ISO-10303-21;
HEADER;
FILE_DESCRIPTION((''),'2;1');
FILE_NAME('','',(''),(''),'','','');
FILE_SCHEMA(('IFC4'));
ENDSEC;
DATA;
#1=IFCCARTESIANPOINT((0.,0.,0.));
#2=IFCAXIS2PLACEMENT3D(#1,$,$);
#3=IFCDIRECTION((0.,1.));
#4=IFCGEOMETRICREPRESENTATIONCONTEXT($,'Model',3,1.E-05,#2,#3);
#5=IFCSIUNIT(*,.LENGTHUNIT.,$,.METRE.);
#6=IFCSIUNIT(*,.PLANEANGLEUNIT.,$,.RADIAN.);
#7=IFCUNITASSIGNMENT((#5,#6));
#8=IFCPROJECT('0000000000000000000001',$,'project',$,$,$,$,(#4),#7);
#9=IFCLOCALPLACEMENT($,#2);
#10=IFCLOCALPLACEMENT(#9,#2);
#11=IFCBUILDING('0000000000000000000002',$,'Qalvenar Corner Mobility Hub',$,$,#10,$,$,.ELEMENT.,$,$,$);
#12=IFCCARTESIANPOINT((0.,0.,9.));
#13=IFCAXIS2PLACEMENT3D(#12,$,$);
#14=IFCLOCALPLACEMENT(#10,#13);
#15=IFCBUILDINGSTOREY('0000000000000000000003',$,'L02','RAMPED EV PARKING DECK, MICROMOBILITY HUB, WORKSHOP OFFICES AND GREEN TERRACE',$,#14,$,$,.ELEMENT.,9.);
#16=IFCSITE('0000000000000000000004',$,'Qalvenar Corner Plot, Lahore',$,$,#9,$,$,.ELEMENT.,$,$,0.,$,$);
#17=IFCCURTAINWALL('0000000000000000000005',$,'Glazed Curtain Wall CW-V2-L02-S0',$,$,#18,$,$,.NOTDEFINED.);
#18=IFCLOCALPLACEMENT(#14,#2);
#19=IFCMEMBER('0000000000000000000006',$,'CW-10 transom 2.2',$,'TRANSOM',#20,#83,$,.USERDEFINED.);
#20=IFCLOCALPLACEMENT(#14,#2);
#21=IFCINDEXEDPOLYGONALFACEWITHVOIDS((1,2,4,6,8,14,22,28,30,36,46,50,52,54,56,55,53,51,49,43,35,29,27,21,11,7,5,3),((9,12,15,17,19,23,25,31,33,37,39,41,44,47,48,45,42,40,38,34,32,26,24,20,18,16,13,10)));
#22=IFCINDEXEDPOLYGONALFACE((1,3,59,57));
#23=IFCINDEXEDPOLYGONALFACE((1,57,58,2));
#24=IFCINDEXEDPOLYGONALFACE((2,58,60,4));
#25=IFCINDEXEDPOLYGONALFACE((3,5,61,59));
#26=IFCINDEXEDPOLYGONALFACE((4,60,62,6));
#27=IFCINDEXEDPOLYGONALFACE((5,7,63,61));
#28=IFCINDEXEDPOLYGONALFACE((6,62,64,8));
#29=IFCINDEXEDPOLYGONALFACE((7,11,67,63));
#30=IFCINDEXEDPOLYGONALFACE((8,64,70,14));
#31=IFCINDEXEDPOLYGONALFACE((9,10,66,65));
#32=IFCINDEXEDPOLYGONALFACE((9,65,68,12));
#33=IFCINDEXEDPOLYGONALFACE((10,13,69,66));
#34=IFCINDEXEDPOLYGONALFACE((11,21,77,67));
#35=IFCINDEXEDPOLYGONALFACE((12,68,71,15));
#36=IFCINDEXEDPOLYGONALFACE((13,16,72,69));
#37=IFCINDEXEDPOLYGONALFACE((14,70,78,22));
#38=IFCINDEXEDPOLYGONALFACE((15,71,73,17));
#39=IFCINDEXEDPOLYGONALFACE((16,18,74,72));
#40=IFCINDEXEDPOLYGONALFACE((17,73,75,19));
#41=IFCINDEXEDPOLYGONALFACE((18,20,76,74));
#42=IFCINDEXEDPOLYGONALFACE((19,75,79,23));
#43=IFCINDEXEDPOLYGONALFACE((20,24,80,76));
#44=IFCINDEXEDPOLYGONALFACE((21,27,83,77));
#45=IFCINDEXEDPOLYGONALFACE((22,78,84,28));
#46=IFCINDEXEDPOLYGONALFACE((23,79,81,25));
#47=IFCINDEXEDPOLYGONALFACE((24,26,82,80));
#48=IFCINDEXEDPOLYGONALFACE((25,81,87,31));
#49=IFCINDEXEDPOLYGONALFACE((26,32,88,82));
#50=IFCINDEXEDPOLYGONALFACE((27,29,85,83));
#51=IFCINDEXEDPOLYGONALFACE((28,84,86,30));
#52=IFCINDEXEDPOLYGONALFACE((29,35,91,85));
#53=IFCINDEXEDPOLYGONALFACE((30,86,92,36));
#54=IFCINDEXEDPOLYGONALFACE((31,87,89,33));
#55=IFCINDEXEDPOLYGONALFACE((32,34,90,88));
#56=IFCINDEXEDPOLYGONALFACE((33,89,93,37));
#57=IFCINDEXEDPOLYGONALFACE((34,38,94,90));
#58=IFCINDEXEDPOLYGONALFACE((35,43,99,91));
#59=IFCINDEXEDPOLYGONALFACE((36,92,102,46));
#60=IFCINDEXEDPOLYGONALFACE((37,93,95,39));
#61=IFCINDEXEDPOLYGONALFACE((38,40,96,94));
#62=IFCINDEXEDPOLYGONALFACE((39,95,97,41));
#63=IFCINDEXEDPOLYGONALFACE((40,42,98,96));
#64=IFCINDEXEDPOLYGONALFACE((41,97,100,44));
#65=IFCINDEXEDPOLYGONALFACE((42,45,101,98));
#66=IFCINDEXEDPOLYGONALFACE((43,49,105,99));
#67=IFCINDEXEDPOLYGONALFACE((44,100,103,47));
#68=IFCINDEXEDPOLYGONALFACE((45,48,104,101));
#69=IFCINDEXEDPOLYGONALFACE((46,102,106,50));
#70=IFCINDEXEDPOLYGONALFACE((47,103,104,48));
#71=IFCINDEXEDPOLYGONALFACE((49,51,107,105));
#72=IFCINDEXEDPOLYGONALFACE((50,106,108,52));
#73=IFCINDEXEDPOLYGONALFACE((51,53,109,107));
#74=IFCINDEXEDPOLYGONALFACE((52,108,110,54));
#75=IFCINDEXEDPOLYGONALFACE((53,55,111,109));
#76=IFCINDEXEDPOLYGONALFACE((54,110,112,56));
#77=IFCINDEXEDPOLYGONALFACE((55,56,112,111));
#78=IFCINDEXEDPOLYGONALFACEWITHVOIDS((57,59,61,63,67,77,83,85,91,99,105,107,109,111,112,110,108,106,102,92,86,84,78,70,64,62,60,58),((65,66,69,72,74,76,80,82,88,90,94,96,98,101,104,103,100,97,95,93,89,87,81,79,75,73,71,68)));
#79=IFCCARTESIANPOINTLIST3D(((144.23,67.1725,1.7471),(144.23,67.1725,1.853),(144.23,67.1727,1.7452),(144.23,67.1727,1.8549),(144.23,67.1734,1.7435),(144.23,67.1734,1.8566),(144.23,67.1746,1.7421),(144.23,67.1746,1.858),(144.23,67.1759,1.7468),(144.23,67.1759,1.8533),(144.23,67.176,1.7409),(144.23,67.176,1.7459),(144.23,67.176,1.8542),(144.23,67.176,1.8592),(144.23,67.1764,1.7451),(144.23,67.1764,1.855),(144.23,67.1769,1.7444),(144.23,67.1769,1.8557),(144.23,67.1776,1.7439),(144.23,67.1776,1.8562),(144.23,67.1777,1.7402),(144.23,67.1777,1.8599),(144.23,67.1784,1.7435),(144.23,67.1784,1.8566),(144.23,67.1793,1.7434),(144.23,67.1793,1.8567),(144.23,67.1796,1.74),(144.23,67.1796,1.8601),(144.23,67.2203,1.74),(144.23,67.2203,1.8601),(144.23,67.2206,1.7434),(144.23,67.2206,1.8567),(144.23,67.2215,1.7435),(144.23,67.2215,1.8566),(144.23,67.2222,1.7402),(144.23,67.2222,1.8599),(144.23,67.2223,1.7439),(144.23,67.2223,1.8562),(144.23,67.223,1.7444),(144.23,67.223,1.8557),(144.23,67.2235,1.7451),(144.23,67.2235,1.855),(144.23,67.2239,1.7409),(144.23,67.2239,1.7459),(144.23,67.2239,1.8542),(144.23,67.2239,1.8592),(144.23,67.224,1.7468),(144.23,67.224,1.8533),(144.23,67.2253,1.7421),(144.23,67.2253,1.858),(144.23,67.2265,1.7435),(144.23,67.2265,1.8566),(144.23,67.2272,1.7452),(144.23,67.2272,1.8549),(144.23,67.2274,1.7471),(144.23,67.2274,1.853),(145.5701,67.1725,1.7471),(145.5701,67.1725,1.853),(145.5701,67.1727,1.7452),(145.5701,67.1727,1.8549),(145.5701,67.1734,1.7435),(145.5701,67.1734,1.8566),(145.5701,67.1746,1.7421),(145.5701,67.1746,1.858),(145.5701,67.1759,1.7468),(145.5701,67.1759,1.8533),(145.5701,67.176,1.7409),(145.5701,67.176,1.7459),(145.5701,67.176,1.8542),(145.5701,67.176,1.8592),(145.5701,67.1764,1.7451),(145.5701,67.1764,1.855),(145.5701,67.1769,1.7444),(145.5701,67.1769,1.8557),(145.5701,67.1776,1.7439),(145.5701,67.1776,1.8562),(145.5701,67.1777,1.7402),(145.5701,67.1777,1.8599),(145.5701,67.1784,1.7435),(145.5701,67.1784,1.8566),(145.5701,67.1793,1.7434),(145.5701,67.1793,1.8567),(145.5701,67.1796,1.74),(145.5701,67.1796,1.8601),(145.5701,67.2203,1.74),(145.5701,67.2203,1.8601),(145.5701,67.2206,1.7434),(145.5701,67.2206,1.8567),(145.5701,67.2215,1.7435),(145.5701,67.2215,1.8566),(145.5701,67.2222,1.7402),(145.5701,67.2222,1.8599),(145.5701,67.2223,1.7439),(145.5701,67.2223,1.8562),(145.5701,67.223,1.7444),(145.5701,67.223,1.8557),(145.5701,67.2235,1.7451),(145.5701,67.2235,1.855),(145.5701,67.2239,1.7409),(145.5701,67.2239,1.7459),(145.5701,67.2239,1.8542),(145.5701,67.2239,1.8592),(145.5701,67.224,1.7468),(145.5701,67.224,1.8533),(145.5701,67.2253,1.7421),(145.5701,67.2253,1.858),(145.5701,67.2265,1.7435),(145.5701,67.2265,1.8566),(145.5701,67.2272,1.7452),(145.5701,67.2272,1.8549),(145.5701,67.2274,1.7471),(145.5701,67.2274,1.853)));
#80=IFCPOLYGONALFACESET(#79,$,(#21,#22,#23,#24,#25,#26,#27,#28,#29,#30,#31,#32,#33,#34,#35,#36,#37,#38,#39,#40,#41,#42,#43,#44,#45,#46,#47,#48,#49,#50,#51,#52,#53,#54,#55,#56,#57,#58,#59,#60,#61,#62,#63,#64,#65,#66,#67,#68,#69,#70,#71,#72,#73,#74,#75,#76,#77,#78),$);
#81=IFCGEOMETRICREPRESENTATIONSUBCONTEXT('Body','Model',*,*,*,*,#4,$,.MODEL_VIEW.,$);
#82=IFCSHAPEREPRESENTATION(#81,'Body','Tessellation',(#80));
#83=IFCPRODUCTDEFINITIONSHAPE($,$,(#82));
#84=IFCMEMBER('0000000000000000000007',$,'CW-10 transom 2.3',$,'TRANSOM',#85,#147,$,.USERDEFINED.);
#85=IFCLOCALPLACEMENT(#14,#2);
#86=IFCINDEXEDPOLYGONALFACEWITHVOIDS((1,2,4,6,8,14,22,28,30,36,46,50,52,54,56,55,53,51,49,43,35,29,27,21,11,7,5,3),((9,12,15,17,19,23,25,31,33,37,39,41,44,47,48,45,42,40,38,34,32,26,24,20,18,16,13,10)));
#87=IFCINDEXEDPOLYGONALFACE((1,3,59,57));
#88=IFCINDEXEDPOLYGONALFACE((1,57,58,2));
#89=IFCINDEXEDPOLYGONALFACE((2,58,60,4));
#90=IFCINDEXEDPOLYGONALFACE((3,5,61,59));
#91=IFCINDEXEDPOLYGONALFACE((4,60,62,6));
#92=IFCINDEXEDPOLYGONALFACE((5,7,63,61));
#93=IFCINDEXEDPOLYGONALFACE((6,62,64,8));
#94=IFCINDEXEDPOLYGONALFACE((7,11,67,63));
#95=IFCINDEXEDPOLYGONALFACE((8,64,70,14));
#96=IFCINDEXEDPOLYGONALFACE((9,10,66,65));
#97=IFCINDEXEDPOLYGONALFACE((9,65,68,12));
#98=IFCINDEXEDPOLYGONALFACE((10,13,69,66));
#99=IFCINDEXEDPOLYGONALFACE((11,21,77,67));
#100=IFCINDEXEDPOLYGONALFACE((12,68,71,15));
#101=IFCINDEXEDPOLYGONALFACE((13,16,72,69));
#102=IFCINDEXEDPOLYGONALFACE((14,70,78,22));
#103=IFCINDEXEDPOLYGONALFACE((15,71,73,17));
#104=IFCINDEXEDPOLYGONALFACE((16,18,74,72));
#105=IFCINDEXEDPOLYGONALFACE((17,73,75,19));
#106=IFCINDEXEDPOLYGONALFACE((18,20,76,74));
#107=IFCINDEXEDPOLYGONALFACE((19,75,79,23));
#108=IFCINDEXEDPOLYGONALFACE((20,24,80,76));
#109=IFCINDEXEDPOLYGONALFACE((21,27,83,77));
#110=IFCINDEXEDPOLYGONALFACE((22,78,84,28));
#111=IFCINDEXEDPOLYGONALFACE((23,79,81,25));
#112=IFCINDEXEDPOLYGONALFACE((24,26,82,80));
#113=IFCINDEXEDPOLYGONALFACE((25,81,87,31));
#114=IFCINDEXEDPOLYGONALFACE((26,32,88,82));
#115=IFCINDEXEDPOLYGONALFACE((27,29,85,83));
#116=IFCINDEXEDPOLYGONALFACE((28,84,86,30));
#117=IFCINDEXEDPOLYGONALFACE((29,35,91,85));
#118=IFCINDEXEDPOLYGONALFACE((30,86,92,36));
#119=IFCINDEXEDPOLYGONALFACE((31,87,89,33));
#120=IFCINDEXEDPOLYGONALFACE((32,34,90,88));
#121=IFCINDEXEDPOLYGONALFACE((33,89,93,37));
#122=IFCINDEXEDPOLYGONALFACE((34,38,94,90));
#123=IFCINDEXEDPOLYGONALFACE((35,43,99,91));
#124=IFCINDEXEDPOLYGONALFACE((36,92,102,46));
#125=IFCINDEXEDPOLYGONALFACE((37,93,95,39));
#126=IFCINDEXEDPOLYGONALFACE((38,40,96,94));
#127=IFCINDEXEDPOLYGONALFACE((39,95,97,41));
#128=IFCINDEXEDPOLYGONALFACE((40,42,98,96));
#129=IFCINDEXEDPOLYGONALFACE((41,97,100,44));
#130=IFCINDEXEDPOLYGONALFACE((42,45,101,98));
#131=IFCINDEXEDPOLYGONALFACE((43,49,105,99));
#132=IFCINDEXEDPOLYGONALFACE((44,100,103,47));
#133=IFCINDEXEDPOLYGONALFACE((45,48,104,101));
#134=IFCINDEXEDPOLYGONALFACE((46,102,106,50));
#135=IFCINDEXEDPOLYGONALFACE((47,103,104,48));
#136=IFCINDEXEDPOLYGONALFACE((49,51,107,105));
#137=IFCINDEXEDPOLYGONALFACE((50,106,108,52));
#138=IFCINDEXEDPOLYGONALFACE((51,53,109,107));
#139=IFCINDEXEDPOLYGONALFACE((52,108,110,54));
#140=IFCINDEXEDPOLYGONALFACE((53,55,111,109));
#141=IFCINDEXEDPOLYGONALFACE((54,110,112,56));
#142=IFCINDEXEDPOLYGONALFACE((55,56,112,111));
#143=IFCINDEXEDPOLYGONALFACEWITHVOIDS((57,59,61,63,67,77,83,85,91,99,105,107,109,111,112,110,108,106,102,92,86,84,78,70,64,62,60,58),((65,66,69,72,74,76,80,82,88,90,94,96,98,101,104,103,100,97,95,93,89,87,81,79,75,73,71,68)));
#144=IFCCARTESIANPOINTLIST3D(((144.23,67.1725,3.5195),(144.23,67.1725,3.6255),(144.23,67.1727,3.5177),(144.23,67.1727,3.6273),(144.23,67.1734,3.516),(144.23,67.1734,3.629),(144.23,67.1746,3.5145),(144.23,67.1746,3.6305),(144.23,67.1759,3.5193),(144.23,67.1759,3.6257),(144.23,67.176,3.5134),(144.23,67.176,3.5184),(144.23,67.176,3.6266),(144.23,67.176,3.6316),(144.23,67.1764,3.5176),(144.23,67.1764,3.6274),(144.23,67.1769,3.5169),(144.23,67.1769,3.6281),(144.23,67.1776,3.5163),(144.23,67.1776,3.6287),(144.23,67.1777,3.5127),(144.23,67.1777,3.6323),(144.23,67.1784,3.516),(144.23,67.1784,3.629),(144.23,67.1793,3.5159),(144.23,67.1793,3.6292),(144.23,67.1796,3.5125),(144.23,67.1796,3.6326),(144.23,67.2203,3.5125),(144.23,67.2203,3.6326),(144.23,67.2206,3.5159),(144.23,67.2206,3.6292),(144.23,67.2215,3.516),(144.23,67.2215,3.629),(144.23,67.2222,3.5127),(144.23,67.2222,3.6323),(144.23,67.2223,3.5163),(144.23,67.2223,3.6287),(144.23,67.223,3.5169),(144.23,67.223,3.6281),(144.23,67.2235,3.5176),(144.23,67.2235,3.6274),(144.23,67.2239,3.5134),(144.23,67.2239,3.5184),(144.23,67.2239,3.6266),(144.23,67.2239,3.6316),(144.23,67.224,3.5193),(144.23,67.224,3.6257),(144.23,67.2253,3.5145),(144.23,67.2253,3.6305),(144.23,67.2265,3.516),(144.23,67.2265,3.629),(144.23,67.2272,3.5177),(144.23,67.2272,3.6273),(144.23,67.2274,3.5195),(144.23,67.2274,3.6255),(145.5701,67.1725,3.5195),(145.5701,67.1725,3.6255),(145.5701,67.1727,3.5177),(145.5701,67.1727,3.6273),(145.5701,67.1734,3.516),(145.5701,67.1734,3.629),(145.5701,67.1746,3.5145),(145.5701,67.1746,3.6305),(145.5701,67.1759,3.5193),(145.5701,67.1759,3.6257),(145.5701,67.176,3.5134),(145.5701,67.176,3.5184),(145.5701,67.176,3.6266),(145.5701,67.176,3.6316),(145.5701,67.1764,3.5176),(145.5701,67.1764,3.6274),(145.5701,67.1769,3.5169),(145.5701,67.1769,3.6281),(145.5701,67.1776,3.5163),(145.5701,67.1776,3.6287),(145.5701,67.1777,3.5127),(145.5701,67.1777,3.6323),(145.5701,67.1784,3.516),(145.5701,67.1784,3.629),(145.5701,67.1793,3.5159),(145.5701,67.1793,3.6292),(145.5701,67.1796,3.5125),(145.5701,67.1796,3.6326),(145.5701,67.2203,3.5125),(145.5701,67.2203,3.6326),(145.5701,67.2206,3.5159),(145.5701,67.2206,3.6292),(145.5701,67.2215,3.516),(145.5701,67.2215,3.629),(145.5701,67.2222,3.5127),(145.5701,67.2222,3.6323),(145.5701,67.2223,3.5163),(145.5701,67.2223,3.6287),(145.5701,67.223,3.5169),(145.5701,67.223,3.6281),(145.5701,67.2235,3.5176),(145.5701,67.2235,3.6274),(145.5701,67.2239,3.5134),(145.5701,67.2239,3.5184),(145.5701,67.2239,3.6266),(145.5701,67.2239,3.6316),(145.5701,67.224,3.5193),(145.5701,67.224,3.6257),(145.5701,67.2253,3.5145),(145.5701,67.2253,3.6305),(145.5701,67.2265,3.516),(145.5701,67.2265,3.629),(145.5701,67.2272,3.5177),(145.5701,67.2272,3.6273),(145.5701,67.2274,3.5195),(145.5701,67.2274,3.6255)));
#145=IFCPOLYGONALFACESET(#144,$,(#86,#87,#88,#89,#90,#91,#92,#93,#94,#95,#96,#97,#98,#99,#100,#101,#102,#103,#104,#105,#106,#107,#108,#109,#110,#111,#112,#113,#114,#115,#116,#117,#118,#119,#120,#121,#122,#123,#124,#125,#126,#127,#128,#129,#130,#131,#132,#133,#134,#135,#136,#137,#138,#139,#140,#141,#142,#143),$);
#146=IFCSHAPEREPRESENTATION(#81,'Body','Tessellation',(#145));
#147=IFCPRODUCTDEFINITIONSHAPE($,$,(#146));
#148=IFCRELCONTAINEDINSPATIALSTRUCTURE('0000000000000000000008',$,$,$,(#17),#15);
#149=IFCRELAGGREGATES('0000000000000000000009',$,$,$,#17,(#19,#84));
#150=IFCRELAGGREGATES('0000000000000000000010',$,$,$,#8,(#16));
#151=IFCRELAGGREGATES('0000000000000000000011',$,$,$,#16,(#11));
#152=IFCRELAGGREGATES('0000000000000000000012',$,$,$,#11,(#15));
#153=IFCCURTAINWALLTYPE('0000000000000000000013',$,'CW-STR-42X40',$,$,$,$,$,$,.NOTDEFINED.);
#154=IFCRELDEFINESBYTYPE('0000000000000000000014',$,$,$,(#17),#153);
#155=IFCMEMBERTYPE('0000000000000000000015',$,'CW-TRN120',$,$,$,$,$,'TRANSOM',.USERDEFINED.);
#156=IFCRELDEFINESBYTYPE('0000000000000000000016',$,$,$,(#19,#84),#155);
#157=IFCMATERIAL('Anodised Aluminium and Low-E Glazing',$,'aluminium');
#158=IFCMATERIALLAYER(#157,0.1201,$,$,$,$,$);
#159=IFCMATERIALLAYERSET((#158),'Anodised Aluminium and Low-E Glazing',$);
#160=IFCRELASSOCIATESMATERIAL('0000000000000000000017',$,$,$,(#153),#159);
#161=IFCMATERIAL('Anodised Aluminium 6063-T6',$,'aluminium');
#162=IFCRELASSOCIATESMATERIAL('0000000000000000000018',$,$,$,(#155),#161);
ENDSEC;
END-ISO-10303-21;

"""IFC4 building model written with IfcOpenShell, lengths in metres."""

from ifc_helpers import new_model, si_unit, direction, frame, origin, origin_2d, place, context, subcontext, project, spatial, hollow_rectangle, extrude, material, layer, layer_set, material_profile, profile_set, type_object, element, aggregate, save


model = new_model("IFC4")

# Units and contexts
model_context = context("Model", 3, precision=1e-05, world=origin(), true_north=direction((0.0, 1.0)))
body_context = subcontext(model_context, "Body", "Model", "MODEL_VIEW")
ifc_project = project(units=[si_unit("LENGTHUNIT", "METRE"), si_unit("PLANEANGLEUNIT", "RADIAN")], contexts=[model_context])

# Site, building, storey
site_placement = place(None, origin())
site = spatial("IfcSite", under=ifc_project, at=site_placement, Name="Qalvenar Corner Plot, Lahore", CompositionType="ELEMENT", RefElevation=0.0)
building_placement = place(site_placement, origin())
building = spatial("IfcBuilding", under=site, at=building_placement, Name="Qalvenar Corner Mobility Hub", CompositionType="ELEMENT")
storey_placement = place(building_placement, frame((0.0, 0.0, 9.0)))
storey = spatial("IfcBuildingStorey", under=building, at=storey_placement, Name="L02", Description="RAMPED EV PARKING DECK, MICROMOBILITY HUB, WORKSHOP OFFICES AND GREEN TERRACE", CompositionType="ELEMENT", Elevation=9.0)

# Curtain wall, members
ifc_material_1 = material(Name="Anodised Aluminium and Low-E Glazing", Category="aluminium")
ifc_layer_1 = layer(ifc_material_1, 0.1201)
ifc_layer_set_1 = layer_set([ifc_layer_1], Name="Anodised Aluminium and Low-E Glazing")
curtain_wall_type = type_object("IfcCurtainWallType", Name="CW-STR-42X40", PredefinedType="NOTDEFINED", material=ifc_layer_set_1)
curtain_wall_placement = place(storey_placement, origin())
curtain_wall = element("IfcCurtainWall", 1, at=curtain_wall_placement, inside=storey, type_object=curtain_wall_type, Name="Glazed Curtain Wall CW-V2-L02-S0", PredefinedType="NOTDEFINED")
ifc_material_2 = material(Name="Anodised Aluminium 6063-T6", Category="aluminium")
ifc_material_profile_1 = material_profile(ifc_material_2, hollow_rectangle(XDim=0.0549, YDim=0.1201, WallThickness=0.0034, InnerFilletRadius=0.0034, OuterFilletRadius=0.0071, at=origin_2d()), Name="RHS120x55x3.5")
ifc_profile_set_1 = profile_set([ifc_material_profile_1], Name="Anodised Aluminium 6063-T6")
member_type_1 = type_object("IfcMemberType", Name="CW-TRN120", ElementType="TRANSOM", PredefinedType="USERDEFINED", material=ifc_profile_set_1)
member_1_placement = place(storey_placement, frame((144.23, 67.2, 1.8), z_axis=(1.0, 0.0, 0.0), x_axis=(0.0, 1.0, 0.0)))
member_1 = element("IfcMember", 2, at=member_1_placement, type_object=member_type_1, Name="CW-10 transom 2.2", ObjectType="TRANSOM", PredefinedType="USERDEFINED", context=body_context, shape_type="SweptSolid", body=[
    extrude(hollow_rectangle(XDim=0.0549, YDim=0.1201, WallThickness=0.0034, InnerFilletRadius=0.0034, OuterFilletRadius=0.0071, at=origin_2d()), origin(), (0.0, 0.0, 1.0), 1.3401),
])
member_2_placement = place(storey_placement, frame((144.23, 67.2, 3.5725), z_axis=(1.0, 0.0, 0.0), x_axis=(0.0, 1.0, 0.0)))
member_2 = element("IfcMember", 3, at=member_2_placement, type_object=member_type_1, Name="CW-10 transom 2.3", ObjectType="TRANSOM", PredefinedType="USERDEFINED", context=body_context, shape_type="SweptSolid", body=[
    extrude(hollow_rectangle(XDim=0.0549, YDim=0.1201, WallThickness=0.0034, InnerFilletRadius=0.0034, OuterFilletRadius=0.0071, at=origin_2d()), origin(), (0.0, 0.0, 1.0), 1.3401),
])

aggregate(curtain_wall, [member_1, member_2])

save(model, "model.ifc")
